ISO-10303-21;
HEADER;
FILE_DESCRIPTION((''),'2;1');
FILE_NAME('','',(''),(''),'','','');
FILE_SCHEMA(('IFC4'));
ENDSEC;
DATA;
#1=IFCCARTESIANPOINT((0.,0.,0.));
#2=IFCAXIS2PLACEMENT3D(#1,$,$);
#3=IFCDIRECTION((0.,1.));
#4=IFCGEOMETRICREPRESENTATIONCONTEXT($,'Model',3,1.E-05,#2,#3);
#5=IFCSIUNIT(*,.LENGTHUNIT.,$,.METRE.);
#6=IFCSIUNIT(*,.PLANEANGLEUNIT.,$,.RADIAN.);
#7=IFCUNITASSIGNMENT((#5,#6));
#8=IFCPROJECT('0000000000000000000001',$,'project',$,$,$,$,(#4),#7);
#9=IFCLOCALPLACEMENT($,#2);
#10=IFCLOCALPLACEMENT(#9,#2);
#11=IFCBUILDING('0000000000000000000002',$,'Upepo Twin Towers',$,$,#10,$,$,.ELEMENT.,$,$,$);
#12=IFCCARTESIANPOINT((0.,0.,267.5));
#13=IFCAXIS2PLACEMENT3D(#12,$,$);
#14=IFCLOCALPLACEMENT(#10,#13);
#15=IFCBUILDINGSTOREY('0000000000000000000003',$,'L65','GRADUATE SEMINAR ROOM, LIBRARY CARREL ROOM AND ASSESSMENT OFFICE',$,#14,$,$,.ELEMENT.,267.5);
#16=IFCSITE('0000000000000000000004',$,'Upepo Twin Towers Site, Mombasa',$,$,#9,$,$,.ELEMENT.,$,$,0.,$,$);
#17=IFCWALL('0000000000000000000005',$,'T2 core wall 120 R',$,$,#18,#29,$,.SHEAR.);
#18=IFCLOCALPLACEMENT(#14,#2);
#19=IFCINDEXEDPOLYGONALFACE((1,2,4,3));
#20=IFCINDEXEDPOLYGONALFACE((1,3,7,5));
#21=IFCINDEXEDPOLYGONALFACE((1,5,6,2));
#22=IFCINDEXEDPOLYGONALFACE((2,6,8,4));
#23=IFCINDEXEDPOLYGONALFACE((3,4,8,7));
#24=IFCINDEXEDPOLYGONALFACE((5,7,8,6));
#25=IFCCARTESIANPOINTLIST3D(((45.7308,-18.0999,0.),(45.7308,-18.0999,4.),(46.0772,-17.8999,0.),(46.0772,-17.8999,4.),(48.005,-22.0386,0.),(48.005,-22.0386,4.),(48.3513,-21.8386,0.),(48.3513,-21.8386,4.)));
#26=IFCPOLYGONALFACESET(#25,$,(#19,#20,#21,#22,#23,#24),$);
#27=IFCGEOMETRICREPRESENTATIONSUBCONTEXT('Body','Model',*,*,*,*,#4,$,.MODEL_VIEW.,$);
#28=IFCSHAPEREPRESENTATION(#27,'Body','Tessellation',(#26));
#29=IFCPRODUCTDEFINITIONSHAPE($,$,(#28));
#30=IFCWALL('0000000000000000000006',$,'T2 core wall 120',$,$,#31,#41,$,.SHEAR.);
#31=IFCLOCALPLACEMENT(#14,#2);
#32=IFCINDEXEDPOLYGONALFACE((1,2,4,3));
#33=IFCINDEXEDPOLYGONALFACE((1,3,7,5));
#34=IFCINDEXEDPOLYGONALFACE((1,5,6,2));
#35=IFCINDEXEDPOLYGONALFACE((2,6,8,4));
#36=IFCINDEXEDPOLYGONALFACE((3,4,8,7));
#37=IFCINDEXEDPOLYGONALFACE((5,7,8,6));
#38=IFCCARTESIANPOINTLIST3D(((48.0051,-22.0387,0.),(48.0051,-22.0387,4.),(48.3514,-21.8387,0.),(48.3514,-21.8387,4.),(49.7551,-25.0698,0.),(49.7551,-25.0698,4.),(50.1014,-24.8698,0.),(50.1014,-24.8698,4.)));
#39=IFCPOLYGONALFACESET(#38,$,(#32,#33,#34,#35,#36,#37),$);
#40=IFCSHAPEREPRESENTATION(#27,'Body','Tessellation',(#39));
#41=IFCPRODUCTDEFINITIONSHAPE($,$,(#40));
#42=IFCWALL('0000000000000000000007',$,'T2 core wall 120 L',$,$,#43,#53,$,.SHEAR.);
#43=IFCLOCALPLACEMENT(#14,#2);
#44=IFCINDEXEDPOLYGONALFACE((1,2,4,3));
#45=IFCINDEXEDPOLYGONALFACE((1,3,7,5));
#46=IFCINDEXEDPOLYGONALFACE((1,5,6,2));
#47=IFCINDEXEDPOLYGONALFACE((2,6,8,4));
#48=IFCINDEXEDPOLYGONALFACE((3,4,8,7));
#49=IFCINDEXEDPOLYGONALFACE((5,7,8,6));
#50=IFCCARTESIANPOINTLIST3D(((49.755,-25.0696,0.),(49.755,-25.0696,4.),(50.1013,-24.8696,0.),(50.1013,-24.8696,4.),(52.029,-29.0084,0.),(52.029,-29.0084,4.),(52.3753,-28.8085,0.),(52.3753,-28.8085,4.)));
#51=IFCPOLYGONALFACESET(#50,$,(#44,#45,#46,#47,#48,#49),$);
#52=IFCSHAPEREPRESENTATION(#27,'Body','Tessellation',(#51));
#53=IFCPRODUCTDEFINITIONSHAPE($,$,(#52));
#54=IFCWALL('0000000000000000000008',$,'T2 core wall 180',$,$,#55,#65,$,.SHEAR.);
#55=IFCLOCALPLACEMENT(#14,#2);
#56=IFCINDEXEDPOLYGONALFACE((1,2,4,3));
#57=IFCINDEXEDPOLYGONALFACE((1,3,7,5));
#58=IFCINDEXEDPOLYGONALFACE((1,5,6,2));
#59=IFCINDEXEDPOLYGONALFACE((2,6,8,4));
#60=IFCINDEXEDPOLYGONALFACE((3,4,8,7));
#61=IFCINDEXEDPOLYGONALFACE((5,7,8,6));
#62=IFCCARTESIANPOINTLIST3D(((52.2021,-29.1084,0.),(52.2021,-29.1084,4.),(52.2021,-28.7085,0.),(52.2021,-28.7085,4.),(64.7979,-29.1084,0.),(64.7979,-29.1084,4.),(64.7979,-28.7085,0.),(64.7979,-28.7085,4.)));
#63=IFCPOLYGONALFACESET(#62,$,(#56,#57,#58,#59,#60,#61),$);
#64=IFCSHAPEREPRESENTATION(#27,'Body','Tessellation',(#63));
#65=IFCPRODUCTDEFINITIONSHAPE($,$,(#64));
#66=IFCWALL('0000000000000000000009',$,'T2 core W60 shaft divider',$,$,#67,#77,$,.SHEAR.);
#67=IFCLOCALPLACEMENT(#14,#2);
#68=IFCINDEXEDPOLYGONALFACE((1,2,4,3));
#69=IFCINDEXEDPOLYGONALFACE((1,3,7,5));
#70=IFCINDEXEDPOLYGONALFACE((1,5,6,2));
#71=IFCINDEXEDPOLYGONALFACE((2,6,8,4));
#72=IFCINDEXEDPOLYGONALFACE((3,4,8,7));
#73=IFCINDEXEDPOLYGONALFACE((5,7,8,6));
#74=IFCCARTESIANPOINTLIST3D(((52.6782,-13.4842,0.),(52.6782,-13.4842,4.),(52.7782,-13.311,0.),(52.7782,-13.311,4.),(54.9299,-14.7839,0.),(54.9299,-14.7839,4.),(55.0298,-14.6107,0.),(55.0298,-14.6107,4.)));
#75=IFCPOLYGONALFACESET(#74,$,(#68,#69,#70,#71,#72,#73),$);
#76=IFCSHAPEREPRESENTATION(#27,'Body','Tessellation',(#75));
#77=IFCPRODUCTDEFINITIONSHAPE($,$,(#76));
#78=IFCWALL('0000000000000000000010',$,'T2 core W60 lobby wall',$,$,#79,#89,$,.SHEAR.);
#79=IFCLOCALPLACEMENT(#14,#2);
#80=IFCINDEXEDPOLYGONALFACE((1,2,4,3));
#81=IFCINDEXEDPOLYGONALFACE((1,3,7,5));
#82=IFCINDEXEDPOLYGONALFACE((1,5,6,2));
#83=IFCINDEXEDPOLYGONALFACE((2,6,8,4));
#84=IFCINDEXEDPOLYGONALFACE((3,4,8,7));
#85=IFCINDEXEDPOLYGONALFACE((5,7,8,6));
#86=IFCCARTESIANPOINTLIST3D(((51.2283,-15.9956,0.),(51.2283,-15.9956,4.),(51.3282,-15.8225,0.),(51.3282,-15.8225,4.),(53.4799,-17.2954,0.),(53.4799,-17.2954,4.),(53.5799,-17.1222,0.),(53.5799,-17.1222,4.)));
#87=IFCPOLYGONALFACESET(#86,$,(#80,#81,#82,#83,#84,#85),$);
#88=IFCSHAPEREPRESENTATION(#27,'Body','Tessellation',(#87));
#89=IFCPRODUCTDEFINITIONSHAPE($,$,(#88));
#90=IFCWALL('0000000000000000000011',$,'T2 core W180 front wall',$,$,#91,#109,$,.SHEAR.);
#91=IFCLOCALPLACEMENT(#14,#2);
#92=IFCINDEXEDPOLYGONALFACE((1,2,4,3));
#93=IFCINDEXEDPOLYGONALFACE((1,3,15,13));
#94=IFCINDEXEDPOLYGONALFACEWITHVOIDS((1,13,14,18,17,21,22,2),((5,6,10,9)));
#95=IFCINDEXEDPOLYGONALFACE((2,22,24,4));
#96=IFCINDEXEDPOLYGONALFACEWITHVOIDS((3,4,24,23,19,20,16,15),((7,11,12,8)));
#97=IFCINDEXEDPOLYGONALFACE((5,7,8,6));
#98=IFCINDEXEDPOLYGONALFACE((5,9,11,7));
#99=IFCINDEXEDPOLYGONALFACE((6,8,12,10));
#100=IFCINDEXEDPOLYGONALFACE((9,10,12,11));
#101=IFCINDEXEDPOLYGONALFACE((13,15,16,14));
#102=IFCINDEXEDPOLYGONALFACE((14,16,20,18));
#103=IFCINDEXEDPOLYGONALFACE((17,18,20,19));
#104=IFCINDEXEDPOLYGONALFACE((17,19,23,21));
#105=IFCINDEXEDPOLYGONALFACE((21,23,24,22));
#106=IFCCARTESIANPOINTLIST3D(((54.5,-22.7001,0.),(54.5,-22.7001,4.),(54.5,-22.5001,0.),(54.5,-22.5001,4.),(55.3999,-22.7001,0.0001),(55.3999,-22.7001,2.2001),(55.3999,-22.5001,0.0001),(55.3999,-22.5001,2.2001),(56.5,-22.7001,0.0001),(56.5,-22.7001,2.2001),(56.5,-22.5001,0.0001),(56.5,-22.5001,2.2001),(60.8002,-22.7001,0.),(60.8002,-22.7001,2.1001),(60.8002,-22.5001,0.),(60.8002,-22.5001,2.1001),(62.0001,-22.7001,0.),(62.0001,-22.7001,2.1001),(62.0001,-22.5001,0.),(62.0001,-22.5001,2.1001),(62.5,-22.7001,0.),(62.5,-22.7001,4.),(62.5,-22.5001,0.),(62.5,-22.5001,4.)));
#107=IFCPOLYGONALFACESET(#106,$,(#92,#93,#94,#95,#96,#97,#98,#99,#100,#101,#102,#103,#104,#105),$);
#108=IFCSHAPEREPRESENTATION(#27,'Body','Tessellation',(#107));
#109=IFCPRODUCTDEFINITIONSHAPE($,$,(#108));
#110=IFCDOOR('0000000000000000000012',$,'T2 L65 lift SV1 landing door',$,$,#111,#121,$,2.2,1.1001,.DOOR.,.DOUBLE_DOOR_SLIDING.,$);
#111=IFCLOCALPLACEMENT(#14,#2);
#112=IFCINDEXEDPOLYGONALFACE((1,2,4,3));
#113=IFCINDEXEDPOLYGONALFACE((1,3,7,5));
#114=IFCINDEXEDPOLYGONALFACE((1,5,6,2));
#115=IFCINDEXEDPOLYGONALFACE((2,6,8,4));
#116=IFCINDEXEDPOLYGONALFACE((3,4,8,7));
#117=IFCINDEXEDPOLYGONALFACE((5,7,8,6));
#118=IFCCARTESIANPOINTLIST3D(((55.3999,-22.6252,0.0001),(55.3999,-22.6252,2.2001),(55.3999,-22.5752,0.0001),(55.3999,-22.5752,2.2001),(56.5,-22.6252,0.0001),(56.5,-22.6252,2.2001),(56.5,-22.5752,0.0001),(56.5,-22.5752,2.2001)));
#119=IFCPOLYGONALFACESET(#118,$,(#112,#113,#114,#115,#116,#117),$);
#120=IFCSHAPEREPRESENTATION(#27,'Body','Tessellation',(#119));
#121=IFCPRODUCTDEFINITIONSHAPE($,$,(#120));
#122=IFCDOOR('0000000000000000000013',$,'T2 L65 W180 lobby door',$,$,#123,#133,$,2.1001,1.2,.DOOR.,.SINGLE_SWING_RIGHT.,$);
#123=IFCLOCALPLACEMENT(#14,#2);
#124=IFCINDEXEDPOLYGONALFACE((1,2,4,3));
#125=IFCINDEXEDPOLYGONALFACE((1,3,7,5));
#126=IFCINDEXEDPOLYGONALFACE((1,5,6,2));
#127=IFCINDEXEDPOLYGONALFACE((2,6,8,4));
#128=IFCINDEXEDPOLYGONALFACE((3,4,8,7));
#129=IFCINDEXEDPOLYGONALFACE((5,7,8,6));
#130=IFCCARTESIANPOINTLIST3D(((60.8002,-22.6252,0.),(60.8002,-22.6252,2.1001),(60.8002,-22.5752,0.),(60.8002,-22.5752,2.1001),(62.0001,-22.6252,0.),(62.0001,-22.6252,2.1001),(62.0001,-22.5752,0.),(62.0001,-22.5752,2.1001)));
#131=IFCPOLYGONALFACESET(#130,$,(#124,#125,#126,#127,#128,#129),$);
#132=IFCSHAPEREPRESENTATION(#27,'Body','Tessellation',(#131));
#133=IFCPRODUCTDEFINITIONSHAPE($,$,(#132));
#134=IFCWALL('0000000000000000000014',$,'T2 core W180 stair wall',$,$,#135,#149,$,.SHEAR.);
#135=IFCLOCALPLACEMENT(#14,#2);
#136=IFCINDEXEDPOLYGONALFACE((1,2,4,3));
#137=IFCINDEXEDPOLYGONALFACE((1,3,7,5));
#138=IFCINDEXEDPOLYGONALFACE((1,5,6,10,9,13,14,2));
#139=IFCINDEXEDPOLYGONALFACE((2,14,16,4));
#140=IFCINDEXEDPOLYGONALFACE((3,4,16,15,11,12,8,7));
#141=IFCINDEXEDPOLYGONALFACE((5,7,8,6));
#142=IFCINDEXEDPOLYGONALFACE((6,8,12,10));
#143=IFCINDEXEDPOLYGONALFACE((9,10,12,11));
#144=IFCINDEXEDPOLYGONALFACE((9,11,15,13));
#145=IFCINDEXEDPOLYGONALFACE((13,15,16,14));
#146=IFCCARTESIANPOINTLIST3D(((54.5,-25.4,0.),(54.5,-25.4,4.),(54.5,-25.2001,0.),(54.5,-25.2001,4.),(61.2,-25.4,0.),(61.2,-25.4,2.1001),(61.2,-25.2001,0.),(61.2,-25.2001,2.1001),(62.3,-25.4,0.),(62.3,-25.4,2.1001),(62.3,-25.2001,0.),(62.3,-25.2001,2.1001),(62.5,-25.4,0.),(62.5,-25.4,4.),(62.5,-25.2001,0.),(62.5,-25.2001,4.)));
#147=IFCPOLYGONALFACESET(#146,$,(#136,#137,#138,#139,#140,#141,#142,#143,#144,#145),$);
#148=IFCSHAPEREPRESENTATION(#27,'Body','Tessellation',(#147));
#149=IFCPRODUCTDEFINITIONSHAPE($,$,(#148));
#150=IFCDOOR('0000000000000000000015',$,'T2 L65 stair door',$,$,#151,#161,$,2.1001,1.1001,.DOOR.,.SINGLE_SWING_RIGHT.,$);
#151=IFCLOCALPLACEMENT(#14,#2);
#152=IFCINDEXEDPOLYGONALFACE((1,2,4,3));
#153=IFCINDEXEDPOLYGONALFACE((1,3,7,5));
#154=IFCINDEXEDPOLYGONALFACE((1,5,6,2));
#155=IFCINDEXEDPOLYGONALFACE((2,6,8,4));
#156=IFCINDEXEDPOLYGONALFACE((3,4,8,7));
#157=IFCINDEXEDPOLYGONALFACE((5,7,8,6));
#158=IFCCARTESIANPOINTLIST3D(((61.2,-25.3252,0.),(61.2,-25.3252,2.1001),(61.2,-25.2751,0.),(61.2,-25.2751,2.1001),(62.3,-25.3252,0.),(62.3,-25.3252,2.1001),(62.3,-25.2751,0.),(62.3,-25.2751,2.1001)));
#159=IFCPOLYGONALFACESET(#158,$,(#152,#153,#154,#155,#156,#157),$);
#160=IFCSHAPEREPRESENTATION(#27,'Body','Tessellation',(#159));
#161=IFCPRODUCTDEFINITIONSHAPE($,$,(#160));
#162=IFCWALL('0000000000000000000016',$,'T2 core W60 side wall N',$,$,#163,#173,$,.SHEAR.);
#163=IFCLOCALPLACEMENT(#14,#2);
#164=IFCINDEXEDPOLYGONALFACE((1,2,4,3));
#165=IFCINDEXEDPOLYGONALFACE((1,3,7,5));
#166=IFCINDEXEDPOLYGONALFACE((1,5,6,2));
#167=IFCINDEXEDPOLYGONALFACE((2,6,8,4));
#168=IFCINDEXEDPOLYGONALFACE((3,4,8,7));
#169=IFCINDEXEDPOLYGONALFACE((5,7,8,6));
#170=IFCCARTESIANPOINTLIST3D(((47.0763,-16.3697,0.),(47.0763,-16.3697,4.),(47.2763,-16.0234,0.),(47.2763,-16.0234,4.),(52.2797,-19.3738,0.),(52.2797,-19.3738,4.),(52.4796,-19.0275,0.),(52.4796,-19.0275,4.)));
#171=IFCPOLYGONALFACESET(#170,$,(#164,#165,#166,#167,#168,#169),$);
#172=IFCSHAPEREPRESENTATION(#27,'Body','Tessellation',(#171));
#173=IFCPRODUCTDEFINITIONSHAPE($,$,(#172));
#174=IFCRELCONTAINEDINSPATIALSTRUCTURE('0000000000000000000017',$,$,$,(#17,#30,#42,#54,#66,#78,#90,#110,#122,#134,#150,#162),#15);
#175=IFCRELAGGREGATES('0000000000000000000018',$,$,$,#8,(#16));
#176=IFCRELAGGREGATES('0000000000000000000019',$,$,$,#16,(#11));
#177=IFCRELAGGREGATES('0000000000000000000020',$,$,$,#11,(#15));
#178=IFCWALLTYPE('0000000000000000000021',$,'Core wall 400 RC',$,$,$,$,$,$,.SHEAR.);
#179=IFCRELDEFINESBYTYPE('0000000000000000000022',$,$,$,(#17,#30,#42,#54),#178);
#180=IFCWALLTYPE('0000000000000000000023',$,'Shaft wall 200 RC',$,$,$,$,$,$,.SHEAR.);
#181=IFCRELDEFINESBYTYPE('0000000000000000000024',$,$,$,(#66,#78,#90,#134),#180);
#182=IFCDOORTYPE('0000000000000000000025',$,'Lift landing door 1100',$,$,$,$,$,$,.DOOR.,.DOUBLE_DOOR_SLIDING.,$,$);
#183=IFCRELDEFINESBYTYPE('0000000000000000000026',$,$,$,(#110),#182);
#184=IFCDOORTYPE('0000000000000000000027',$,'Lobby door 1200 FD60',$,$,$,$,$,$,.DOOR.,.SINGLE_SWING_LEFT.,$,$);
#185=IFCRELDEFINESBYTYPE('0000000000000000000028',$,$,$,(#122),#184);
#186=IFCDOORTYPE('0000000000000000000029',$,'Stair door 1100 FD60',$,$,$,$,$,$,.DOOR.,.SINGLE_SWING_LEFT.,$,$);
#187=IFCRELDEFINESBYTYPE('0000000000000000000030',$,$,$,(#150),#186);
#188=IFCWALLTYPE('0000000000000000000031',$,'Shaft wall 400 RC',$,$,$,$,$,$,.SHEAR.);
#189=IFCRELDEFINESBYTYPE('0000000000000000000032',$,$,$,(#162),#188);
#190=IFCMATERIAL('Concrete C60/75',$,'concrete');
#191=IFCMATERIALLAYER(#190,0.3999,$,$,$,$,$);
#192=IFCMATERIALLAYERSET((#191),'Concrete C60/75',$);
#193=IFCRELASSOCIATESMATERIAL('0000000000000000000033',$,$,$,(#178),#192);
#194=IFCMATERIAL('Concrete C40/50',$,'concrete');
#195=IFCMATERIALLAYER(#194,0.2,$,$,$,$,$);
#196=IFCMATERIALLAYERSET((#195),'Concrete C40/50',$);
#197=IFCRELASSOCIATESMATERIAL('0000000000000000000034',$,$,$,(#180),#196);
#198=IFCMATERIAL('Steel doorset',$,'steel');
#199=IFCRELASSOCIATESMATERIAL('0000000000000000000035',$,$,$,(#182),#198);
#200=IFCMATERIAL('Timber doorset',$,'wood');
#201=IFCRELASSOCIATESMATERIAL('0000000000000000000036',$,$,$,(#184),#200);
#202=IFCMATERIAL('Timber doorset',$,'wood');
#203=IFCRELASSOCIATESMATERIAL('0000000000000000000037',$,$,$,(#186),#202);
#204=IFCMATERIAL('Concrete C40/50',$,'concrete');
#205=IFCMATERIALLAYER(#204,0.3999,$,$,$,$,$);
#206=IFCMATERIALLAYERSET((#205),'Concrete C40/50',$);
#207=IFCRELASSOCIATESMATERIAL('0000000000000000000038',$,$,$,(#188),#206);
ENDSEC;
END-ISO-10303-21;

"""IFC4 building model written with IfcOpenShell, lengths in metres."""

from ifc_helpers import new_model, si_unit, direction, frame, frame_2d, origin, place, context, subcontext, project, spatial, rectangle, extrude, material, layer, layer_set, type_object, element, fill, save


model = new_model("IFC4")

# Units and contexts
model_context = context("Model", 3, precision=1e-05, world=origin(), true_north=direction((0.0, 1.0)))
body_context = subcontext(model_context, "Body", "Model", "MODEL_VIEW")
ifc_project = project(units=[si_unit("LENGTHUNIT", "METRE"), si_unit("PLANEANGLEUNIT", "RADIAN")], contexts=[model_context])

# Site, building, storey
site_placement = place(None, origin())
site = spatial("IfcSite", under=ifc_project, at=site_placement, Name="Upepo Twin Towers Site, Mombasa", CompositionType="ELEMENT", RefElevation=0.0)
building_placement = place(site_placement, origin())
building = spatial("IfcBuilding", under=site, at=building_placement, Name="Upepo Twin Towers", CompositionType="ELEMENT")
storey_placement = place(building_placement, frame((0.0, 0.0, 267.5)))
storey = spatial("IfcBuildingStorey", under=building, at=storey_placement, Name="L65", Description="GRADUATE SEMINAR ROOM, LIBRARY CARREL ROOM AND ASSESSMENT OFFICE", CompositionType="ELEMENT", Elevation=267.5)

# Walls
ifc_material_1 = material(Name="Concrete C60/75", Category="concrete")
ifc_layer_1 = layer(ifc_material_1, 0.3999)
ifc_layer_set_1 = layer_set([ifc_layer_1], Name="Concrete C60/75")
wall_type_1 = type_object("IfcWallType", Name="Core wall 400 RC", PredefinedType="SHEAR", material=ifc_layer_set_1)
wall_1_placement = place(storey_placement, frame((45.9041, -18.0, 0.0), z_axis=(0.0, 0.0, 1.0), x_axis=(0.500024, -0.866011, 0.0)))
element("IfcWall", 1, at=wall_1_placement, inside=storey, type_object=wall_type_1, Name="T2 core wall 120 R", PredefinedType="SHEAR", context=body_context, shape_type="SweptSolid", body=[
    extrude(rectangle(XDim=4.5481, YDim=0.3999, at=frame_2d((2.2739, 0.0))), origin(), (0.0, 0.0, 1.0), 4.0),
])
wall_2_placement = place(storey_placement, frame((48.1782, -21.9387, 0.0), z_axis=(0.0, 0.0, 1.0), x_axis=(0.50001, -0.866019, 0.0)))
element("IfcWall", 2, at=wall_2_placement, inside=storey, type_object=wall_type_1, Name="T2 core wall 120", PredefinedType="SHEAR", context=body_context, shape_type="SweptSolid", body=[
    extrude(rectangle(XDim=3.5, YDim=0.3999, at=frame_2d((1.75, 0.0))), origin(), (0.0, 0.0, 1.0), 4.0),
])
wall_3_placement = place(storey_placement, frame((49.9282, -24.9697, 0.0), z_axis=(0.0, 0.0, 1.0), x_axis=(0.499984, -0.866035, 0.0)))
element("IfcWall", 3, at=wall_3_placement, inside=storey, type_object=wall_type_1, Name="T2 core wall 120 L", PredefinedType="SHEAR", context=body_context, shape_type="SweptSolid", body=[
    extrude(rectangle(XDim=4.5481, YDim=0.3999, at=frame_2d((2.2739, 0.0))), origin(), (0.0, 0.0, 1.0), 4.0),
])
wall_4_placement = place(storey_placement, frame((52.2021, -28.9084, 0.0), z_axis=(0.0, 0.0, 1.0), x_axis=(1.0, 0.0, 0.0)))
element("IfcWall", 4, at=wall_4_placement, inside=storey, type_object=wall_type_1, Name="T2 core wall 180", PredefinedType="SHEAR", context=body_context, shape_type="SweptSolid", body=[
    extrude(rectangle(XDim=12.5957, YDim=0.3999, at=frame_2d((6.2979, 0.0))), origin(), (0.0, 0.0, 1.0), 4.0),
])
ifc_material_2 = material(Name="Concrete C40/50", Category="concrete")
ifc_layer_2 = layer(ifc_material_2, 0.2)
ifc_layer_set_2 = layer_set([ifc_layer_2], Name="Concrete C40/50")
wall_type_2 = type_object("IfcWallType", Name="Shaft wall 200 RC", PredefinedType="SHEAR", material=ifc_layer_set_2)
for number, where, z_axis, x_axis, name in (
    (5, (54.9797, -14.6973, 0.0), (0.0, 0.0, 1.0), (-0.866062, 0.499937, 0.0), "T2 core W60 shaft divider"),
    (6, (53.5298, -17.2087, 0.0), (0.0, 0.0, 1.0), (-0.866062, 0.499937, 0.0), "T2 core W60 lobby wall"),
):
    element("IfcWall", number, at=place(storey_placement, frame(where, z_axis=z_axis, x_axis=x_axis)), inside=storey, type_object=wall_type_2, Name=name, PredefinedType="SHEAR", context=body_context, shape_type="SweptSolid", body=[
        extrude(rectangle(XDim=2.5999, YDim=0.2, at=frame_2d((1.2998, 0.0))), origin(), (0.0, 0.0, 1.0), 4.0),
    ])

# Wall, openings, doors
wall_5_placement = place(storey_placement, frame((54.5, -22.6001, 0.0), z_axis=(0.0, 0.0, 1.0), x_axis=(1.0, 0.0, 0.0)))
wall_5 = element("IfcWall", 7, at=wall_5_placement, inside=storey, type_object=wall_type_2, Name="T2 core W180 front wall", PredefinedType="SHEAR", context=body_context, shape_type="SweptSolid", body=[
    extrude(rectangle(XDim=8.0, YDim=0.2, at=frame_2d((4.0, 0.0))), origin(), (0.0, 0.0, 1.0), 4.0),
])
opening_1_placement = place(wall_5_placement, frame((6.3, 0.0, 0.0)))
opening_1 = element("IfcOpeningElement", 8, at=opening_1_placement, cuts=wall_5, PredefinedType="OPENING", context=body_context, shape_type="SweptSolid", body=[
    extrude(rectangle(XDim=1.2, YDim=2.1001, at=frame_2d((0.6001, 1.05))), frame((0.0, 0.1099, 0.0), z_axis=(0.0, -1.0, 0.0), x_axis=(1.0, 0.0, 0.0)), (0.0, 0.0, 1.0), 0.22),
])
opening_2_placement = place(wall_5_placement, frame((0.8999, 0.0, 0.0)))
opening_2 = element("IfcOpeningElement", 9, at=opening_2_placement, cuts=wall_5, PredefinedType="OPENING", context=body_context, shape_type="SweptSolid", body=[
    extrude(rectangle(XDim=1.1001, YDim=2.2, at=frame_2d((0.55, 1.1001))), frame((0.0, 0.1099, 0.0), z_axis=(0.0, -1.0, 0.0), x_axis=(1.0, 0.0, 0.0)), (0.0, 0.0, 1.0), 0.22),
])
ifc_material_3 = material(Name="Steel doorset", Category="steel")
door_type_1 = type_object("IfcDoorType", Name="Lift landing door 1100", OperationType="DOUBLE_DOOR_SLIDING", PredefinedType="DOOR", material=ifc_material_3)
door_1_placement = place(opening_2_placement, origin())
door_1 = element("IfcDoor", 10, at=door_1_placement, inside=storey, type_object=door_type_1, Name="T2 L65 lift SV1 landing door", OperationType="DOUBLE_DOOR_SLIDING", OverallHeight=2.2, OverallWidth=1.1001, PredefinedType="DOOR", context=body_context, shape_type="SweptSolid", body=[
    extrude(rectangle(XDim=1.1001, YDim=2.2, at=frame_2d((0.55, 1.1001))), frame((0.0, 0.0249, 0.0), z_axis=(0.0, -1.0, 0.0), x_axis=(1.0, 0.0, 0.0)), (0.0, 0.0, 1.0), 0.05),
])
fill(opening_2, door_1)
ifc_material_4 = material(Name="Timber doorset", Category="wood")
door_type_2 = type_object("IfcDoorType", Name="Lobby door 1200 FD60", OperationType="SINGLE_SWING_LEFT", PredefinedType="DOOR", material=ifc_material_4)
door_2_placement = place(opening_1_placement, origin())
door_2 = element("IfcDoor", 11, at=door_2_placement, inside=storey, type_object=door_type_2, Name="T2 L65 W180 lobby door", OperationType="SINGLE_SWING_RIGHT", OverallHeight=2.1001, OverallWidth=1.2, PredefinedType="DOOR", context=body_context, shape_type="SweptSolid", body=[
    extrude(rectangle(XDim=1.2, YDim=2.1001, at=frame_2d((0.6001, 1.05))), frame((0.0, 0.0249, 0.0), z_axis=(0.0, -1.0, 0.0), x_axis=(1.0, 0.0, 0.0)), (0.0, 0.0, 1.0), 0.05),
])
fill(opening_1, door_2)

# Wall, opening, door
wall_6_placement = place(storey_placement, frame((54.5, -25.3, 0.0), z_axis=(0.0, 0.0, 1.0), x_axis=(1.0, 0.0, 0.0)))
wall_6 = element("IfcWall", 12, at=wall_6_placement, inside=storey, type_object=wall_type_2, Name="T2 core W180 stair wall", PredefinedType="SHEAR", context=body_context, shape_type="SweptSolid", body=[
    extrude(rectangle(XDim=8.0, YDim=0.2, at=frame_2d((4.0, 0.0))), origin(), (0.0, 0.0, 1.0), 4.0),
])
opening_3_placement = place(wall_6_placement, frame((6.7, 0.0, 0.0)))
opening_3 = element("IfcOpeningElement", 13, at=opening_3_placement, cuts=wall_6, PredefinedType="OPENING", context=body_context, shape_type="SweptSolid", body=[
    extrude(rectangle(XDim=1.1001, YDim=2.1001, at=frame_2d((0.55, 1.05))), frame((0.0, 0.1099, 0.0), z_axis=(0.0, -1.0, 0.0), x_axis=(1.0, 0.0, 0.0)), (0.0, 0.0, 1.0), 0.22),
])
ifc_material_5 = material(Name="Timber doorset", Category="wood")
door_type_3 = type_object("IfcDoorType", Name="Stair door 1100 FD60", OperationType="SINGLE_SWING_LEFT", PredefinedType="DOOR", material=ifc_material_5)
door_3_placement = place(opening_3_placement, origin())
door_3 = element("IfcDoor", 14, at=door_3_placement, inside=storey, type_object=door_type_3, Name="T2 L65 stair door", OperationType="SINGLE_SWING_RIGHT", OverallHeight=2.1001, OverallWidth=1.1001, PredefinedType="DOOR", context=body_context, shape_type="SweptSolid", body=[
    extrude(rectangle(XDim=1.1001, YDim=2.1001, at=frame_2d((0.55, 1.05))), frame((0.0, 0.0249, 0.0), z_axis=(0.0, -1.0, 0.0), x_axis=(1.0, 0.0, 0.0)), (0.0, 0.0, 1.0), 0.05),
])
fill(opening_3, door_3)

# Wall
ifc_material_6 = material(Name="Concrete C40/50", Category="concrete")
ifc_layer_3 = layer(ifc_material_6, 0.3999)
ifc_layer_set_3 = layer_set([ifc_layer_3], Name="Concrete C40/50")
wall_type_3 = type_object("IfcWallType", Name="Shaft wall 400 RC", PredefinedType="SHEAR", material=ifc_layer_set_3)
for number, where, z_axis, x_axis, name in (
    (15, (52.3796, -19.2007, 0.0), (0.0, 0.0, 1.0), (-0.866027, 0.499998, 0.0), "T2 core W60 side wall N"),
):
    element("IfcWall", number, at=place(storey_placement, frame(where, z_axis=z_axis, x_axis=x_axis)), inside=storey, type_object=wall_type_3, Name=name, PredefinedType="SHEAR", context=body_context, shape_type="SweptSolid", body=[
        extrude(rectangle(XDim=6.0083, YDim=0.3999, at=frame_2d((3.0042, 0.0))), origin(), (0.0, 0.0, 1.0), 4.0),
    ])

save(model, "model.ifc")
